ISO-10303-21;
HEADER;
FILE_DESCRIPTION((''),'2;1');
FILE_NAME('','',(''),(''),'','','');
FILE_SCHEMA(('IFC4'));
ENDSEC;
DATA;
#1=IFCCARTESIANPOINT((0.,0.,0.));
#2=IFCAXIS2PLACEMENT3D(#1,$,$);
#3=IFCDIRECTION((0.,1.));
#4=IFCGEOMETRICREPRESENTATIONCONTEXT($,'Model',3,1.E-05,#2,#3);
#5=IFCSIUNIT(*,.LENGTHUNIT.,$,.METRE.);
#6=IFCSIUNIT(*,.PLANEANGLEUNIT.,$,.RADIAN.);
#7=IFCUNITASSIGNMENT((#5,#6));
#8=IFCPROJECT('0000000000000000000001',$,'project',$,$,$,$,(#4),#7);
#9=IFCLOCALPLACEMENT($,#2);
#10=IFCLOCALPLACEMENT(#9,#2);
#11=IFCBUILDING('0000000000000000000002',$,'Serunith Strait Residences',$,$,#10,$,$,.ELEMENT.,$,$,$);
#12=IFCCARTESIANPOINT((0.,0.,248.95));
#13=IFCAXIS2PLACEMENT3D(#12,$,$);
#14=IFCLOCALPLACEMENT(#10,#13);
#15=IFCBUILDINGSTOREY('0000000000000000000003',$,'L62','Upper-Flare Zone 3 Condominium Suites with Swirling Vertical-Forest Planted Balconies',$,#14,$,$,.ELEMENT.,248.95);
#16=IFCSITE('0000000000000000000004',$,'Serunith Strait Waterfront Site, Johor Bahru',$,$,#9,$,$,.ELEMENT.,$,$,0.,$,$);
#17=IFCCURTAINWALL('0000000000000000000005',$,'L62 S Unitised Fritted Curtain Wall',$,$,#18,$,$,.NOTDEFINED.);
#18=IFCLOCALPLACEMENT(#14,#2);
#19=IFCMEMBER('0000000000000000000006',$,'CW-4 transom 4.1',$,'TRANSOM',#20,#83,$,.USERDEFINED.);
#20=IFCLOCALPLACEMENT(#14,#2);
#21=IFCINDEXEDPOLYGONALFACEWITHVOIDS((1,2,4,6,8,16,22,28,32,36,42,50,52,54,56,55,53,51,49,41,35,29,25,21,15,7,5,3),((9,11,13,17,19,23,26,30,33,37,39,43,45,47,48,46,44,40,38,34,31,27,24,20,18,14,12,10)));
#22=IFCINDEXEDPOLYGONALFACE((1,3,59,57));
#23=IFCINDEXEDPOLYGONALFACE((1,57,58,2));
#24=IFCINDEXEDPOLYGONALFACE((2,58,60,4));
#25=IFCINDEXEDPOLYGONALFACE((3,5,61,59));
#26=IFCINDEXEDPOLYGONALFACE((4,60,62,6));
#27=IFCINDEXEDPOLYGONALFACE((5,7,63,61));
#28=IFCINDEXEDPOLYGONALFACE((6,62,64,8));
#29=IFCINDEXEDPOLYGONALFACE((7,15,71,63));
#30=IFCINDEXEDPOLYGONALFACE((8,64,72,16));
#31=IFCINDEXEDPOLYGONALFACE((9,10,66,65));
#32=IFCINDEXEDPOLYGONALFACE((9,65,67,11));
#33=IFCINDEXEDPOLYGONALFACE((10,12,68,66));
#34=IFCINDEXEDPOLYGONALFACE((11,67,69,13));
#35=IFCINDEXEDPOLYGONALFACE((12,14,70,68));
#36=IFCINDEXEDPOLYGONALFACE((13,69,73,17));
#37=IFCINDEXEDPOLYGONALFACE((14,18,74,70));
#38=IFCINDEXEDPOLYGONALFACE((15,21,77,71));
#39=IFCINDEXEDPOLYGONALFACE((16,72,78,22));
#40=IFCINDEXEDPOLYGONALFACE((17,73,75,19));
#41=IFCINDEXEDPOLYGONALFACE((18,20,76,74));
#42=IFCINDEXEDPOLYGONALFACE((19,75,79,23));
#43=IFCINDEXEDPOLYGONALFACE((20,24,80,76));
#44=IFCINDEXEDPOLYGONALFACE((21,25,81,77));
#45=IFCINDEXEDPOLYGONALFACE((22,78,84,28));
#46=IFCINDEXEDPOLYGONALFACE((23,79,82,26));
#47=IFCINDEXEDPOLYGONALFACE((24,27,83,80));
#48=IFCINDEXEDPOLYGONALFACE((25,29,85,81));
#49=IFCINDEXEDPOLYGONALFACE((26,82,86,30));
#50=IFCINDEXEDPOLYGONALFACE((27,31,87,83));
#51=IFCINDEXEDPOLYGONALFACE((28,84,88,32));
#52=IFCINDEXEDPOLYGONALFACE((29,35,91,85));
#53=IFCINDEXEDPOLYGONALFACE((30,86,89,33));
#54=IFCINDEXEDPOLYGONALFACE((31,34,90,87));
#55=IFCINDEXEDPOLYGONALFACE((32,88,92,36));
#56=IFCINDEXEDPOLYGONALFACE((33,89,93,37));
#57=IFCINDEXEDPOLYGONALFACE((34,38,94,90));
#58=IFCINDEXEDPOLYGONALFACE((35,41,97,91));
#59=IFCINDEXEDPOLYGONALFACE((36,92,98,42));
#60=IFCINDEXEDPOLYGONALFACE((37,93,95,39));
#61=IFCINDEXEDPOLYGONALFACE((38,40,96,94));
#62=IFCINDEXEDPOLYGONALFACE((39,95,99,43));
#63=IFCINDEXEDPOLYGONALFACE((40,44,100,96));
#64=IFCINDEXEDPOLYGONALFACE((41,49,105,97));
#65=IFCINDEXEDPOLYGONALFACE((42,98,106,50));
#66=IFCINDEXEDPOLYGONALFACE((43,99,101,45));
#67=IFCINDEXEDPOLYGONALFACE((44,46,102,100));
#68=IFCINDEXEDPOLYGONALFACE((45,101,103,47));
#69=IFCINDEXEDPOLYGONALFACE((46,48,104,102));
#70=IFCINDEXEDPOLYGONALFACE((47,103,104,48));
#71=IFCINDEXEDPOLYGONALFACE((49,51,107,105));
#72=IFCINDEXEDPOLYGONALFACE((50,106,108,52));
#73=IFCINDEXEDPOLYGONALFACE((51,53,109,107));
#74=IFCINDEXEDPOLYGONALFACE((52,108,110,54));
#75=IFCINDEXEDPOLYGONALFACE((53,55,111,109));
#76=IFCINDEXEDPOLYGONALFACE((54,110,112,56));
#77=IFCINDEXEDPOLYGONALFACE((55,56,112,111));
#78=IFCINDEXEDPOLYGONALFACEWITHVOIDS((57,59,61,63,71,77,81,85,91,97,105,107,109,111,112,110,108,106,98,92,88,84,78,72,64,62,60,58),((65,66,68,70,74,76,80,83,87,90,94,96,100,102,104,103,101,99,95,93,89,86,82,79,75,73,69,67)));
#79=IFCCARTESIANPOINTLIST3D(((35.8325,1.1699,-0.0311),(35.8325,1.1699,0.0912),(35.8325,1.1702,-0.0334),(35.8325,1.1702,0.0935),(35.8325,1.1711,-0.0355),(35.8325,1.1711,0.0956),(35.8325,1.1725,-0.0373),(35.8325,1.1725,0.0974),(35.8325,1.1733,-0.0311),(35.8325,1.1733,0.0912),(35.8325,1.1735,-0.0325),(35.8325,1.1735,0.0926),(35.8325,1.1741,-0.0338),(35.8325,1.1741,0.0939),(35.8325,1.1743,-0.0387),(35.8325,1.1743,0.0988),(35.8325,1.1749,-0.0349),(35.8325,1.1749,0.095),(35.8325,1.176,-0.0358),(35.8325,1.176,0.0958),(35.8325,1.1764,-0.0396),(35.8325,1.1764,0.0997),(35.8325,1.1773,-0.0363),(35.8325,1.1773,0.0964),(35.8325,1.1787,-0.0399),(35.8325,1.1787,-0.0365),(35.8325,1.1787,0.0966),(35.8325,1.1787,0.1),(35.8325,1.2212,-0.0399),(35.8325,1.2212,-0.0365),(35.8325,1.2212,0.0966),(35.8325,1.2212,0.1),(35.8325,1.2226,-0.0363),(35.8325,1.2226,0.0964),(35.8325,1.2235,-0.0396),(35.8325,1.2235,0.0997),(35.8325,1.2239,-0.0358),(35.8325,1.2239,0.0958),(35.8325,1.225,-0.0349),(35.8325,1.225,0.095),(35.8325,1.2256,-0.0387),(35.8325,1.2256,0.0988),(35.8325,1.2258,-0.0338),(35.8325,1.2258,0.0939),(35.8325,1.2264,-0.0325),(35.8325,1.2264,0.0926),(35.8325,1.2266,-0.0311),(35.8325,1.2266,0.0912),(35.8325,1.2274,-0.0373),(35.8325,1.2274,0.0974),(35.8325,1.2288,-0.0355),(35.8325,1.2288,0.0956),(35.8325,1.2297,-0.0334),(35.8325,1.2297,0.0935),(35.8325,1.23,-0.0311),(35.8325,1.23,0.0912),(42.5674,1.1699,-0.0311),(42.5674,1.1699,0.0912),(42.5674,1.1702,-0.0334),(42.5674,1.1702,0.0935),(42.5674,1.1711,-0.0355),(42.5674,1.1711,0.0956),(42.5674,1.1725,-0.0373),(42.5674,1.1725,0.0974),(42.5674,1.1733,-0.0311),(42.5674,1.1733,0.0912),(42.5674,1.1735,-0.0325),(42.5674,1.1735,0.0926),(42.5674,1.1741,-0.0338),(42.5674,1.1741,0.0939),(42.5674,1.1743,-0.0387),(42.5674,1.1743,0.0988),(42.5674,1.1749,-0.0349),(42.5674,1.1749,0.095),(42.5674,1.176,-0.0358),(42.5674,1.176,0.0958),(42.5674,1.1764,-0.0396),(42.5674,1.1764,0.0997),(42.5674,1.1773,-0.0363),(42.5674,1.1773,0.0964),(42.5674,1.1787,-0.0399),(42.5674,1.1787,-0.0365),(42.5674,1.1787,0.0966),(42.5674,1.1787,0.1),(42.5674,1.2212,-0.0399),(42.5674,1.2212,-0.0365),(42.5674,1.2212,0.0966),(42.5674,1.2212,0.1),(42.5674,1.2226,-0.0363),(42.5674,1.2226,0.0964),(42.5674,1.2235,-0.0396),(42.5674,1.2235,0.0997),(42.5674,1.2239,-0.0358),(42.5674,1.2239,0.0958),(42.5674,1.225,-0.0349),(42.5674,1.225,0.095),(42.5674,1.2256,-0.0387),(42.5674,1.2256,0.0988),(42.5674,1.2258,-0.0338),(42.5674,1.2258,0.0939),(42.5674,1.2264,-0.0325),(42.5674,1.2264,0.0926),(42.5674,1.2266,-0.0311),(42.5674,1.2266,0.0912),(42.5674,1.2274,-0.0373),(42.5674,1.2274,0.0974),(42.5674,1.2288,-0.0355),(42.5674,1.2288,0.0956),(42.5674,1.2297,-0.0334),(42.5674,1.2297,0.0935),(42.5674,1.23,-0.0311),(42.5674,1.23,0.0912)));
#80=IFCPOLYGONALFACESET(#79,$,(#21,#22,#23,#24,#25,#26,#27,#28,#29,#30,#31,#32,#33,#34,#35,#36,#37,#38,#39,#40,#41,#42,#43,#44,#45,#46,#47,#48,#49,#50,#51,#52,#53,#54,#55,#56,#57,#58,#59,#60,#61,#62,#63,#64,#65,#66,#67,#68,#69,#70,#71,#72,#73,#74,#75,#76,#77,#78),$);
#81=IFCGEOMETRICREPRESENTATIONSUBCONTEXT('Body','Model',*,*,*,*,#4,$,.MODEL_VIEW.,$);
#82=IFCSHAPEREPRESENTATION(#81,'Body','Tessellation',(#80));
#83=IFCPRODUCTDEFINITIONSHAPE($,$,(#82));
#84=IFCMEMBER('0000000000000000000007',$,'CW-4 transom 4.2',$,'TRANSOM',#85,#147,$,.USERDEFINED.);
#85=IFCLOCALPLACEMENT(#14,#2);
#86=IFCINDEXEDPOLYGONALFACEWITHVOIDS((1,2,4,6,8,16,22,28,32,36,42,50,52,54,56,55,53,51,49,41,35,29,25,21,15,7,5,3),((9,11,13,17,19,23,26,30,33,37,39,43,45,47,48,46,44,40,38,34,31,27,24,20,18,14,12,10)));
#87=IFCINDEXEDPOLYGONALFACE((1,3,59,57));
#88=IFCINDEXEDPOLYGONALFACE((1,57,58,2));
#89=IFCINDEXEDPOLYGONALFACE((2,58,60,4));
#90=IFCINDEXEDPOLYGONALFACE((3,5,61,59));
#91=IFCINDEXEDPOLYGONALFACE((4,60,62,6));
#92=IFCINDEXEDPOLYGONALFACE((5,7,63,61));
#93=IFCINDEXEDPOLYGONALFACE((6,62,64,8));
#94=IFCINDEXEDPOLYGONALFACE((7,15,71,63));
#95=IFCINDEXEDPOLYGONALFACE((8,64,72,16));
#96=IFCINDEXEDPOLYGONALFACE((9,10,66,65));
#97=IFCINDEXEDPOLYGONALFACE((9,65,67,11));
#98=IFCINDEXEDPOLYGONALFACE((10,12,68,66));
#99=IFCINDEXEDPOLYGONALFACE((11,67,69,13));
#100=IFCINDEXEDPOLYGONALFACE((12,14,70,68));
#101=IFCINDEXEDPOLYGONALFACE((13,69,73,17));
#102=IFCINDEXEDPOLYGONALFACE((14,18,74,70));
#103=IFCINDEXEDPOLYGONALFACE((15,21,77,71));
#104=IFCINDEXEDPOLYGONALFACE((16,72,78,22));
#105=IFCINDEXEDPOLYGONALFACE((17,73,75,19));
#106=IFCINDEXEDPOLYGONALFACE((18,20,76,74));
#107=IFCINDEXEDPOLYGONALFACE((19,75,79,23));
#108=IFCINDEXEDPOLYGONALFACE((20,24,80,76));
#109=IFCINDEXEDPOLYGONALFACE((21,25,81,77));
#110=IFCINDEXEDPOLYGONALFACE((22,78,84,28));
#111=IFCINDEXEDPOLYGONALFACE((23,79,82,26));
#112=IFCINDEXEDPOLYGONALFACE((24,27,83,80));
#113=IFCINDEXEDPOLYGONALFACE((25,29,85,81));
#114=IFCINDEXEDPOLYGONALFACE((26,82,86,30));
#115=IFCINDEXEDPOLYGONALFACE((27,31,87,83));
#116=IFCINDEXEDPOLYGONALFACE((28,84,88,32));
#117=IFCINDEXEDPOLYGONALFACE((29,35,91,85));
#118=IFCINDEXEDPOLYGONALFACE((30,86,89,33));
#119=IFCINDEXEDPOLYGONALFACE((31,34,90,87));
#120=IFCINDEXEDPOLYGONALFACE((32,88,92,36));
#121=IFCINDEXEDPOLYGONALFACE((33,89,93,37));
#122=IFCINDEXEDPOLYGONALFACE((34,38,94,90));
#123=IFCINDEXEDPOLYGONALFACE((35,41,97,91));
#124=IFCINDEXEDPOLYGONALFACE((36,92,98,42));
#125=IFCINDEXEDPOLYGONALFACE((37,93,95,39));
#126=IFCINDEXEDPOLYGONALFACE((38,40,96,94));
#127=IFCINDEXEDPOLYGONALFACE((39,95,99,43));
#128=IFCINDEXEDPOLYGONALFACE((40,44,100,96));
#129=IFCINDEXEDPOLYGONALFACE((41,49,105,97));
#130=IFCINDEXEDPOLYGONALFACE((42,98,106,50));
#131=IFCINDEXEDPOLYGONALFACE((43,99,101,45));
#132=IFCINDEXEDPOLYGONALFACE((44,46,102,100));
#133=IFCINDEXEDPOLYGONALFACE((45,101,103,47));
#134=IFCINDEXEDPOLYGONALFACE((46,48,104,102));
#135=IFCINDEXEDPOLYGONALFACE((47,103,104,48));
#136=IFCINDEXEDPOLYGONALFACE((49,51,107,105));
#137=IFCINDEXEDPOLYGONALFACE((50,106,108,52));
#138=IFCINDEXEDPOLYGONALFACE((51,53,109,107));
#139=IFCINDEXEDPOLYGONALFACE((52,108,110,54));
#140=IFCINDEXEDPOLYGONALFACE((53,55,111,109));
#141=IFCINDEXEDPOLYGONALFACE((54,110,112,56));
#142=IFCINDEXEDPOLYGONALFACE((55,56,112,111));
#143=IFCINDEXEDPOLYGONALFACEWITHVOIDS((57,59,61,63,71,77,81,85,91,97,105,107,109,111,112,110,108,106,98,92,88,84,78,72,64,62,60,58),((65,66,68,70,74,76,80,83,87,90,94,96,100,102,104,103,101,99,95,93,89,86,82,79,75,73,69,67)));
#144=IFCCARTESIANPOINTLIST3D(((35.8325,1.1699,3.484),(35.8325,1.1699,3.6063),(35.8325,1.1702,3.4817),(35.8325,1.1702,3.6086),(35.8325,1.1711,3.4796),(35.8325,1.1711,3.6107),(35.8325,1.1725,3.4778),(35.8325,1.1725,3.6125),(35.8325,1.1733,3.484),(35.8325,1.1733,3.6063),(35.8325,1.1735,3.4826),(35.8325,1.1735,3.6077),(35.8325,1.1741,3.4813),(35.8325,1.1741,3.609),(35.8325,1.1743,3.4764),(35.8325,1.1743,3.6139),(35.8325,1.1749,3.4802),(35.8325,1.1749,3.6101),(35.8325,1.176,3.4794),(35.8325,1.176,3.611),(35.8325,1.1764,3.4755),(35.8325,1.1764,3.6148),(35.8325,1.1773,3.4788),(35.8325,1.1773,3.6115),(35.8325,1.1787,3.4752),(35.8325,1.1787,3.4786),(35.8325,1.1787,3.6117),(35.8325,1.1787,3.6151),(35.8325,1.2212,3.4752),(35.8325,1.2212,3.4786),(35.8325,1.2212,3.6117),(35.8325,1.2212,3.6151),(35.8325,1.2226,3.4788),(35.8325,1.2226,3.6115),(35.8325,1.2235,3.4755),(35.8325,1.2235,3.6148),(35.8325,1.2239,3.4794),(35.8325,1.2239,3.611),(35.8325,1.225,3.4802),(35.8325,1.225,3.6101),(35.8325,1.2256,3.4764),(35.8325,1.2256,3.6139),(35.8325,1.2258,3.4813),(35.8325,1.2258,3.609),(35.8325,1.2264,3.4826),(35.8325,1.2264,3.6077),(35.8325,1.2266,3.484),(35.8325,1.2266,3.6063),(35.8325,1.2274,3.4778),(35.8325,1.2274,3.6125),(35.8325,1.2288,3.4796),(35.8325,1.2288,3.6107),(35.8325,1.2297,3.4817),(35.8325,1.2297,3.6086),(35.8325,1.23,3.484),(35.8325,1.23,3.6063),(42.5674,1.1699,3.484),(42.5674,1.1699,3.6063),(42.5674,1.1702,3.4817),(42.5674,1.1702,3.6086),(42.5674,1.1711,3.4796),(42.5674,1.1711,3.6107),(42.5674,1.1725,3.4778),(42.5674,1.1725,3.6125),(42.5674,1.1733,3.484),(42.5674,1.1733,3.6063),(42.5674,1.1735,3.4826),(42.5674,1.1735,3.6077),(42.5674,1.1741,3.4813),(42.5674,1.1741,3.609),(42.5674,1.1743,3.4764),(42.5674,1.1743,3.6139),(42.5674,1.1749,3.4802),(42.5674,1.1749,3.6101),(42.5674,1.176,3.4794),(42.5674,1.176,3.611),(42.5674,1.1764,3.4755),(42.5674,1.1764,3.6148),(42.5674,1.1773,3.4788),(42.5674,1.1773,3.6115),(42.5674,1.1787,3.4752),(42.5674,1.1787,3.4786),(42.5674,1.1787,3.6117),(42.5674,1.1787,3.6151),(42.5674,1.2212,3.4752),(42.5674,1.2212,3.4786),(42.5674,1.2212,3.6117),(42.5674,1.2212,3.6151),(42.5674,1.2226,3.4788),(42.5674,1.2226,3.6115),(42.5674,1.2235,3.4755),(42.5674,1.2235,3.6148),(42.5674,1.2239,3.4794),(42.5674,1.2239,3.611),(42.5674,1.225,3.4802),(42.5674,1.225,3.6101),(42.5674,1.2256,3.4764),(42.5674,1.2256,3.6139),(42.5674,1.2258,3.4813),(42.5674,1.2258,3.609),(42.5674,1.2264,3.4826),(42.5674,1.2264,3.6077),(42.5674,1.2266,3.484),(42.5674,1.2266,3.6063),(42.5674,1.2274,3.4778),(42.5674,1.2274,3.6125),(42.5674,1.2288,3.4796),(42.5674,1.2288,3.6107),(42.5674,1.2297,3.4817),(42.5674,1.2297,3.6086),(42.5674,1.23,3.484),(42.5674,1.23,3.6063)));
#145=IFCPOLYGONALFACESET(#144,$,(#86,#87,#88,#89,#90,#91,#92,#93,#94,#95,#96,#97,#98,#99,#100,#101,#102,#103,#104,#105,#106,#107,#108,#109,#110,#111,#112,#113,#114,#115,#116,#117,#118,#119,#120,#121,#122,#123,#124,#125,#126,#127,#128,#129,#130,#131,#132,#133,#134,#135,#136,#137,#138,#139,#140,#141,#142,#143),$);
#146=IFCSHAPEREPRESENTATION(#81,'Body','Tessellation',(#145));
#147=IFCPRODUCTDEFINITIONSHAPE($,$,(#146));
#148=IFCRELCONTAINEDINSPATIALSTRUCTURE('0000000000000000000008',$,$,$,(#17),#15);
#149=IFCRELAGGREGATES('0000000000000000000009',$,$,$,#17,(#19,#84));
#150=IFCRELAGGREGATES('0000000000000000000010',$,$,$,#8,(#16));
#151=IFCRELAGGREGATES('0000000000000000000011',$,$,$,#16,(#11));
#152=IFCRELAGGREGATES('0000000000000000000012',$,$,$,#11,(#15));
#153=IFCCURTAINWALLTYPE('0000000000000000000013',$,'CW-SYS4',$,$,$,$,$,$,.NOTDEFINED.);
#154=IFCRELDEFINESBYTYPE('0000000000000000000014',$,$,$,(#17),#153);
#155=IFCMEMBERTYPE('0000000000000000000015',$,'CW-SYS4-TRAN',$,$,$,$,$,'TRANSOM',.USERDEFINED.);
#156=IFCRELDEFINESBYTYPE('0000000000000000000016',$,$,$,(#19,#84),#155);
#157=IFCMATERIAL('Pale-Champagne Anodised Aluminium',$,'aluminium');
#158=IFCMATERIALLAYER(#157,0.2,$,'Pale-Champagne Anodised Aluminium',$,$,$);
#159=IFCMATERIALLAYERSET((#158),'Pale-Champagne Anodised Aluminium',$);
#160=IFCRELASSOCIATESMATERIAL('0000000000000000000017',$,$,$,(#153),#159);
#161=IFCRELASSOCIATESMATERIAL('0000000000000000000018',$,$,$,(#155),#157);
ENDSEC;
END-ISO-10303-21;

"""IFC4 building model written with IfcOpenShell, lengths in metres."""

from ifc_helpers import new_model, si_unit, direction, frame, origin, origin_2d, place, context, subcontext, project, spatial, hollow_rectangle, extrude, source, transform, mapped, material, layer, layer_set, material_profile, profile_set, type_object, element, aggregate, save


model = new_model("IFC4")

# Units and contexts
model_context = context("Model", 3, precision=1e-05, world=origin(), true_north=direction((0.0, 1.0)))
body_context = subcontext(model_context, "Body", "Model", "MODEL_VIEW")
ifc_project = project(units=[si_unit("LENGTHUNIT", "METRE"), si_unit("PLANEANGLEUNIT", "RADIAN")], contexts=[model_context])

# Site, building, storey
site_placement = place(None, origin())
site = spatial("IfcSite", under=ifc_project, at=site_placement, Name="Serunith Strait Waterfront Site, Johor Bahru", CompositionType="ELEMENT", RefElevation=0.0)
building_placement = place(site_placement, origin())
building = spatial("IfcBuilding", under=site, at=building_placement, Name="Serunith Strait Residences", CompositionType="ELEMENT")
storey_placement = place(building_placement, frame((0.0, 0.0, 248.95)))
storey = spatial("IfcBuildingStorey", under=building, at=storey_placement, Name="L62", Description="Upper-Flare Zone 3 Condominium Suites with Swirling Vertical-Forest Planted Balconies", CompositionType="ELEMENT", Elevation=248.95)

# Curtain wall, members
ifc_material_1 = material(Name="Pale-Champagne Anodised Aluminium", Category="aluminium")
ifc_layer_1 = layer(ifc_material_1, 0.2, Name="Pale-Champagne Anodised Aluminium")
ifc_layer_set_1 = layer_set([ifc_layer_1], Name="Pale-Champagne Anodised Aluminium")
curtain_wall_type = type_object("IfcCurtainWallType", Name="CW-SYS4", PredefinedType="NOTDEFINED", material=ifc_layer_set_1)
curtain_wall_placement = place(storey_placement, origin())
curtain_wall = element("IfcCurtainWall", 1, at=curtain_wall_placement, inside=storey, type_object=curtain_wall_type, Name="L62 S Unitised Fritted Curtain Wall", PredefinedType="NOTDEFINED")
ifc_material_profile_1 = material_profile(ifc_material_1, hollow_rectangle(XDim=0.0601, YDim=0.1399, WallThickness=0.0034, InnerFilletRadius=0.0054, OuterFilletRadius=0.0088, at=origin_2d()), Name="ALU 140x60x3.5")
ifc_profile_set_1 = profile_set([ifc_material_profile_1], Name="Pale-Champagne Anodised Aluminium")
member_type_1 = type_object("IfcMemberType", Name="CW-SYS4-TRAN", ElementType="TRANSOM", PredefinedType="USERDEFINED", material=ifc_profile_set_1)
shared_shape_1 = source(origin(), body_context, "Body", "SweptSolid", [
    extrude(hollow_rectangle(XDim=0.0601, YDim=0.1399, WallThickness=0.0034, InnerFilletRadius=0.0054, OuterFilletRadius=0.0088, at=origin_2d()), origin(), (0.0, 0.0, 1.0), 6.7349),
])
member_1_placement = place(storey_placement, frame((35.8325, 1.2, 0.03), z_axis=(1.0, 0.0, 0.0), x_axis=(0.0, 1.0, 0.0)))
member_1 = element("IfcMember", 2, at=member_1_placement, type_object=member_type_1, Name="CW-4 transom 4.1", ObjectType="TRANSOM", PredefinedType="USERDEFINED", context=body_context, shape_type="MappedRepresentation", body=[
    mapped(shared_shape_1, transform((0.0, 0.0, 0.0), scale=1.0)),
])
member_2_placement = place(storey_placement, frame((35.8325, 1.2, 3.5452), z_axis=(1.0, 0.0, 0.0), x_axis=(0.0, 1.0, 0.0)))
member_2 = element("IfcMember", 3, at=member_2_placement, type_object=member_type_1, Name="CW-4 transom 4.2", ObjectType="TRANSOM", PredefinedType="USERDEFINED", context=body_context, shape_type="MappedRepresentation", body=[
    mapped(shared_shape_1, transform((0.0, 0.0, 0.0), scale=1.0)),
])
aggregate(curtain_wall, [member_1, member_2])

save(model, "model.ifc")
